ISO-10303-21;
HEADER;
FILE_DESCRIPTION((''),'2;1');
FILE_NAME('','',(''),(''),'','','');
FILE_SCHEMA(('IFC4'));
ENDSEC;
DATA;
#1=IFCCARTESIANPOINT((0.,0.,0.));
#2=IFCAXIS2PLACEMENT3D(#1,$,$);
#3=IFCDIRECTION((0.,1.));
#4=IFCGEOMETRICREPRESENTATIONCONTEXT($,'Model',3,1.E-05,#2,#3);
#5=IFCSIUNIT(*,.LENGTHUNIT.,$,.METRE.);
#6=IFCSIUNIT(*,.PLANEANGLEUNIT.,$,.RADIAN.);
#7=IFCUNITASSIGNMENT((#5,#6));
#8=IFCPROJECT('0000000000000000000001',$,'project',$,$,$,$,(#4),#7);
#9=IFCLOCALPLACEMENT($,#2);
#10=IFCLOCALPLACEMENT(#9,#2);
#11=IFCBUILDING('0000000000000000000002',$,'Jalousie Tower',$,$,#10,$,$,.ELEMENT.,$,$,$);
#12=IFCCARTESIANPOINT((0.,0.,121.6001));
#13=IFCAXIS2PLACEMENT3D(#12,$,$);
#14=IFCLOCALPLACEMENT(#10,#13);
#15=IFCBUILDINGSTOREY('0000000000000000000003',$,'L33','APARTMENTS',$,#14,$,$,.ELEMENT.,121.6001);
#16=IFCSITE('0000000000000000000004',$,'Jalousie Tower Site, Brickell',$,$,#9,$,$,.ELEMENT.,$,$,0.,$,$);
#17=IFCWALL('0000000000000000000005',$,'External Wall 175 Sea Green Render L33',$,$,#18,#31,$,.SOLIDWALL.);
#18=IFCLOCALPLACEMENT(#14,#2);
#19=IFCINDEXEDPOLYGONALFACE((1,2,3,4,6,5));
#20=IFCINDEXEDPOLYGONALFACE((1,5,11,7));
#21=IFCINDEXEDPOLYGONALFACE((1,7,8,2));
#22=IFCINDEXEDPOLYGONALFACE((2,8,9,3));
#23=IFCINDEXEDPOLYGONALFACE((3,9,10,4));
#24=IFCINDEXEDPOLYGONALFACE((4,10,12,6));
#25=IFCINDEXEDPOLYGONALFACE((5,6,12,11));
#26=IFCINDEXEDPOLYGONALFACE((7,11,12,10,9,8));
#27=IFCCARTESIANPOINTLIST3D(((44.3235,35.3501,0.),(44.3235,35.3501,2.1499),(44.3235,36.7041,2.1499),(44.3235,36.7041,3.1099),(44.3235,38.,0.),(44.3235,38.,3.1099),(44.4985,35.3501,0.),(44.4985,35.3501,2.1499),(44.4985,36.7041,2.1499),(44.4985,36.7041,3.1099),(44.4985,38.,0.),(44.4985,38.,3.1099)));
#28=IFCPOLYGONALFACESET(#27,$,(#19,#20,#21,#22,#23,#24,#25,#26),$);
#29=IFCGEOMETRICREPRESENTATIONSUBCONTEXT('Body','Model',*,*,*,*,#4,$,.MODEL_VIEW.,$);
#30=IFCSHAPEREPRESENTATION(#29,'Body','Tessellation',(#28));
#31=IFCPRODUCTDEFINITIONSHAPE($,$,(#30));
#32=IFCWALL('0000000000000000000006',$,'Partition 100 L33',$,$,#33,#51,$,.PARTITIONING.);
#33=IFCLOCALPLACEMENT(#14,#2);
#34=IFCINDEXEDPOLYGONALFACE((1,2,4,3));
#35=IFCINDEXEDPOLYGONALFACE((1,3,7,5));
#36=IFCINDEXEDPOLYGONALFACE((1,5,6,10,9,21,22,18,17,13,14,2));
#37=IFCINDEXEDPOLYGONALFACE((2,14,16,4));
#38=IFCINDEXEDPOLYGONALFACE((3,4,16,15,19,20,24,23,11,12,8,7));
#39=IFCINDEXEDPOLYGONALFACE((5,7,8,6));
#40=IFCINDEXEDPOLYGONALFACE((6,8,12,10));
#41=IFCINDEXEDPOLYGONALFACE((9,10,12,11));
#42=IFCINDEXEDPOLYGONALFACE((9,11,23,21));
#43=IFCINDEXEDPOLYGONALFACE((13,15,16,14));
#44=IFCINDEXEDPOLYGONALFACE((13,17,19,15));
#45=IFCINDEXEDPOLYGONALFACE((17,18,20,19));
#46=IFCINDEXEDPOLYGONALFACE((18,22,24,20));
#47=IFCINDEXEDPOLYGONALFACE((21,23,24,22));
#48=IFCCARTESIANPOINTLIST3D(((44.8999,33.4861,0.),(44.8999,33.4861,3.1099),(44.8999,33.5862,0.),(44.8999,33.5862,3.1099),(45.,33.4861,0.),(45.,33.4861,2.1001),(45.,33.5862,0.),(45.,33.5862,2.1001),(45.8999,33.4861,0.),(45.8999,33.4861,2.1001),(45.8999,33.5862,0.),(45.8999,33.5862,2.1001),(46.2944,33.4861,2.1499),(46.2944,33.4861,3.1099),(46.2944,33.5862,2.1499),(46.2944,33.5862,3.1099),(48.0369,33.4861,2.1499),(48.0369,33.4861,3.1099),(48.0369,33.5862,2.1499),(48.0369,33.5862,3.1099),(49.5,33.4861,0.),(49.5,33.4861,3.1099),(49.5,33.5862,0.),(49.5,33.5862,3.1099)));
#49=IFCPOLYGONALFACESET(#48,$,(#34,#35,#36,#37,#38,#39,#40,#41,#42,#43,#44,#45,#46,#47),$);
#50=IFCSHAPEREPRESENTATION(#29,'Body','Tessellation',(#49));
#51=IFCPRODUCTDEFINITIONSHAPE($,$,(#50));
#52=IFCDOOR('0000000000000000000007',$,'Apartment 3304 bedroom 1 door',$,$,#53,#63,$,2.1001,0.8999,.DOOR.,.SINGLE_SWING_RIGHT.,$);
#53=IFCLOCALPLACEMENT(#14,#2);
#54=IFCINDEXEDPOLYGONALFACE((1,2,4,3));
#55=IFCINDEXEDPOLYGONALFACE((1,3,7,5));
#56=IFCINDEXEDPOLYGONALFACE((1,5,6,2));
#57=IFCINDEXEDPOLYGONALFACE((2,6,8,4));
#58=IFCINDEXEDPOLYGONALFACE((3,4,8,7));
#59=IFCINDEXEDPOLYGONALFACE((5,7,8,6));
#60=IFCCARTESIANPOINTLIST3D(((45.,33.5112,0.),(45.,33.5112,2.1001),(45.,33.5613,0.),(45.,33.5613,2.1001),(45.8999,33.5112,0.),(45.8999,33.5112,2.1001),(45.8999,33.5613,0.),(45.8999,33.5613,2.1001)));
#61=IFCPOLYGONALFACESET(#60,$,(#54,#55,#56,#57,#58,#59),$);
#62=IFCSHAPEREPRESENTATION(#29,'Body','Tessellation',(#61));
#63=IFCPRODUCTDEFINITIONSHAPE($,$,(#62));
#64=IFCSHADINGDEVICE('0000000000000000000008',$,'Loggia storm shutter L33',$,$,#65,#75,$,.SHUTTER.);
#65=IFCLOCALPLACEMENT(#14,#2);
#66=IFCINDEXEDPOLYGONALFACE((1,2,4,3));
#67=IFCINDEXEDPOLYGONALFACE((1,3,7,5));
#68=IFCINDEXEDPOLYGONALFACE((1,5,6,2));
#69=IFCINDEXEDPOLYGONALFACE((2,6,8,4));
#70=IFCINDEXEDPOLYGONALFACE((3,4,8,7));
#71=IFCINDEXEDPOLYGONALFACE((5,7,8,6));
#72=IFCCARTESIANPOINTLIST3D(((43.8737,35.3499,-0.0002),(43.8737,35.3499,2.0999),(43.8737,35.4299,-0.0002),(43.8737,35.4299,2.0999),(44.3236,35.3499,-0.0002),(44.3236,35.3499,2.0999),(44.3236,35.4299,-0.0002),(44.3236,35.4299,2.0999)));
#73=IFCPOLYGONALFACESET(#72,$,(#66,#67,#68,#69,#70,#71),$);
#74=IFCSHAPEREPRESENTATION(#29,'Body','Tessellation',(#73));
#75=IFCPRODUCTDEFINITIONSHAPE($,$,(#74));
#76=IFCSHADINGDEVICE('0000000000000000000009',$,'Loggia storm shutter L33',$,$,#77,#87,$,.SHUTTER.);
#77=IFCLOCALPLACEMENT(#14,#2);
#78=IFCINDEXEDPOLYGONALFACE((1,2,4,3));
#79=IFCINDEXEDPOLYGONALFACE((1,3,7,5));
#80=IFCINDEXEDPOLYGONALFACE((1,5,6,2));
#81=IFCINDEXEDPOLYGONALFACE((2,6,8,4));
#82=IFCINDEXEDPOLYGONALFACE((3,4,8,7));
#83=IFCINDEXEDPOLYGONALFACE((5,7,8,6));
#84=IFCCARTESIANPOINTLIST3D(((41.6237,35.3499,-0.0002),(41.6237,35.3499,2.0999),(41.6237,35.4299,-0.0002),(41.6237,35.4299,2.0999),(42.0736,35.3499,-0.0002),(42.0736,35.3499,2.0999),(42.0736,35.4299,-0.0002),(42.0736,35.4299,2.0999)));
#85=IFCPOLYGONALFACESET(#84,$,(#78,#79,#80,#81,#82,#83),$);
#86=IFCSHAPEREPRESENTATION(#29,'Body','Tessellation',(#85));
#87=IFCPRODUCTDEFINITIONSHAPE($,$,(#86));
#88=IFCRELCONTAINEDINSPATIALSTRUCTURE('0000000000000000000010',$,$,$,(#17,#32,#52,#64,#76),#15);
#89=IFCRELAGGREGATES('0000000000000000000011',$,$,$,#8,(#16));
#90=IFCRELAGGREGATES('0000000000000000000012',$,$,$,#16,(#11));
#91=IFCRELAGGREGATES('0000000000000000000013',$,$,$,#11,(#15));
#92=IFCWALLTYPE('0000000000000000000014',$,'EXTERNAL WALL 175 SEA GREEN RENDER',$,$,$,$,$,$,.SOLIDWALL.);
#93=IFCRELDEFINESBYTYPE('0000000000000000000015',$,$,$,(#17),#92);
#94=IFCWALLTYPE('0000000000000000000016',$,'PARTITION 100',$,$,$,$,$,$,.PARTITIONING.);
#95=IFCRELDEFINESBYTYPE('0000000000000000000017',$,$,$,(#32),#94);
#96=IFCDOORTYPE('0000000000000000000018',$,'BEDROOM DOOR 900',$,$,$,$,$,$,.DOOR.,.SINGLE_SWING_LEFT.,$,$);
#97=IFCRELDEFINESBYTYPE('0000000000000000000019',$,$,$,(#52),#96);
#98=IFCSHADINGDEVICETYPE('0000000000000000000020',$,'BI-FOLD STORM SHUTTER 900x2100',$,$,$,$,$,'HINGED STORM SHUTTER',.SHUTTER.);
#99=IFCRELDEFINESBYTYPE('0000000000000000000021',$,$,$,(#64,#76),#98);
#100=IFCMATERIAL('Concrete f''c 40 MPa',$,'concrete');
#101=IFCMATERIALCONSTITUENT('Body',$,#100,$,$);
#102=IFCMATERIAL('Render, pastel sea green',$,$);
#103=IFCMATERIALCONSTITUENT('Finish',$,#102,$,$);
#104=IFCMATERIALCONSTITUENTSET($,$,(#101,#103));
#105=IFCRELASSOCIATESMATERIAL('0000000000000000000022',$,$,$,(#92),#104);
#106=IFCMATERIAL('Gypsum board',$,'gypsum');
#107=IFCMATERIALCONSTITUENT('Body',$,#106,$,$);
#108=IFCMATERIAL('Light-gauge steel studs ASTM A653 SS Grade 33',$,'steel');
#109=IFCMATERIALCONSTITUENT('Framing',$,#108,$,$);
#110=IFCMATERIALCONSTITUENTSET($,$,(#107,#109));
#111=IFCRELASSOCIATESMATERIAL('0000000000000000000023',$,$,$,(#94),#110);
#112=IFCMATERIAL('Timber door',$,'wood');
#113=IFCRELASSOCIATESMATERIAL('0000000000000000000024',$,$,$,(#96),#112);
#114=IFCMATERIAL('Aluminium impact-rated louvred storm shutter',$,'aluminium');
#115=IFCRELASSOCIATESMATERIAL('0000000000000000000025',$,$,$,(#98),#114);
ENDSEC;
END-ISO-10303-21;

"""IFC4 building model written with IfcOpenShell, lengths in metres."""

from ifc_helpers import new_model, si_unit, direction, frame, frame_2d, origin, origin_2d, place, context, subcontext, project, spatial, polyline, rectangle, outline, extrude, material, constituent, constituent_set, type_object, element, fill, save


model = new_model("IFC4")

# Units and contexts
model_context = context("Model", 3, precision=1e-05, world=origin(), true_north=direction((0.0, 1.0)))
body_context = subcontext(model_context, "Body", "Model", "MODEL_VIEW")
ifc_project = project(units=[si_unit("LENGTHUNIT", "METRE"), si_unit("PLANEANGLEUNIT", "RADIAN")], contexts=[model_context])

# Site, building, storey
site_placement = place(None, origin())
site = spatial("IfcSite", under=ifc_project, at=site_placement, Name="Jalousie Tower Site, Brickell", CompositionType="ELEMENT", RefElevation=0.0)
building_placement = place(site_placement, origin())
building = spatial("IfcBuilding", under=site, at=building_placement, Name="Jalousie Tower", CompositionType="ELEMENT")
storey_placement = place(building_placement, frame((0.0, 0.0, 121.6001)))
storey = spatial("IfcBuildingStorey", under=building, at=storey_placement, Name="L33", Description="APARTMENTS", CompositionType="ELEMENT", Elevation=121.6001)

# Shared definitions
ifc_material_1 = material(Name="Concrete f'c 40 MPa", Category="concrete")
ifc_constituent_1 = constituent(ifc_material_1, Name="Body")
ifc_material_2 = material(Name="Render, pastel sea green")
ifc_constituent_2 = constituent(ifc_material_2, Name="Finish")
ifc_constituent_set_1 = constituent_set(constituents=[ifc_constituent_1, ifc_constituent_2])
wall_type_1 = type_object("IfcWallType", Name="EXTERNAL WALL 175 SEA GREEN RENDER", PredefinedType="SOLIDWALL", material=ifc_constituent_set_1)

# Wall
wall_1_placement = place(storey_placement, frame((44.4111, 38.0, 0.0), z_axis=(0.0, 0.0, 1.0), x_axis=(0.0, -1.0, 0.0)))
element("IfcWall", 1, at=wall_1_placement, inside=storey, type_object=wall_type_1, Name="External Wall 175 Sea Green Render L33", PredefinedType="SOLIDWALL", context=body_context, shape_type="SweptSolid", body=[
    extrude(outline(polyline([(0.0, 0.0), (2.6499, 0.0), (2.6499, 2.1499), (1.2959, 2.1499), (1.2959, 3.1099), (0.0, 3.1099), (0.0, 0.0)])), frame((0.0, 0.0874, 0.0), z_axis=(0.0, -1.0, 0.0), x_axis=(1.0, 0.0, 0.0)), (0.0, 0.0, 1.0), 0.175),
])

# Wall, opening, door
ifc_material_3 = material(Name="Gypsum board", Category="gypsum")
ifc_constituent_3 = constituent(ifc_material_3, Name="Body")
ifc_material_4 = material(Name="Light-gauge steel studs ASTM A653 SS Grade 33", Category="steel")
ifc_constituent_4 = constituent(ifc_material_4, Name="Framing")
ifc_constituent_set_2 = constituent_set(constituents=[ifc_constituent_3, ifc_constituent_4])
wall_type_2 = type_object("IfcWallType", Name="PARTITION 100", PredefinedType="PARTITIONING", material=ifc_constituent_set_2)
wall_2_placement = place(storey_placement, frame((44.8999, 33.5361, 0.0), z_axis=(0.0, 0.0, 1.0), x_axis=(1.0, 0.0, 0.0)))
wall_2 = element("IfcWall", 2, at=wall_2_placement, inside=storey, type_object=wall_type_2, Name="Partition 100 L33", PredefinedType="PARTITIONING", context=body_context, shape_type="SweptSolid", body=[
    extrude(outline(polyline([(0.0, 0.0), (4.6001, 0.0), (4.6001, 3.1099), (3.137, 3.1099), (3.137, 2.1499), (1.3945, 2.1499), (1.3945, 3.1099), (0.0, 3.1099), (0.0, 0.0)])), frame((0.0, 0.05, 0.0), z_axis=(0.0, -1.0, 0.0), x_axis=(1.0, 0.0, 0.0)), (0.0, 0.0, 1.0), 0.1001),
])
opening_1_placement = place(wall_2_placement, frame((0.1001, 0.0, 0.0)))
opening_1 = element("IfcOpeningElement", 3, at=opening_1_placement, cuts=wall_2, PredefinedType="OPENING", context=body_context, shape_type="SweptSolid", body=[
    extrude(rectangle(XDim=0.8999, YDim=2.1001, at=frame_2d((0.45, 1.05))), frame((0.0, 0.0601, 0.0), z_axis=(0.0, -1.0, 0.0), x_axis=(1.0, 0.0, 0.0)), (0.0, 0.0, 1.0), 0.1201),
])
ifc_material_5 = material(Name="Timber door", Category="wood")
door_type_1 = type_object("IfcDoorType", Name="BEDROOM DOOR 900", OperationType="SINGLE_SWING_LEFT", PredefinedType="DOOR", material=ifc_material_5)
door_1_placement = place(opening_1_placement, frame((0.8999, 0.0, 0.0), z_axis=(0.0, 0.0, 1.0), x_axis=(-1.0, 0.0, 0.0)))
door_1 = element("IfcDoor", 4, at=door_1_placement, inside=storey, type_object=door_type_1, Name="Apartment 3304 bedroom 1 door", OperationType="SINGLE_SWING_RIGHT", OverallHeight=2.1001, OverallWidth=0.8999, PredefinedType="DOOR", context=body_context, shape_type="SweptSolid", body=[
    extrude(rectangle(XDim=0.8999, YDim=2.1001, at=frame_2d((0.45, 1.05))), frame((0.0, 0.0249, 0.0), z_axis=(0.0, -1.0, 0.0), x_axis=(1.0, 0.0, 0.0)), (0.0, 0.0, 1.0), 0.05),
])
fill(opening_1, door_1)

# Shading devices
ifc_material_6 = material(Name="Aluminium impact-rated louvred storm shutter", Category="aluminium")
shading_device_type_1 = type_object("IfcShadingDeviceType", Name="BI-FOLD STORM SHUTTER 900x2100", ElementType="HINGED STORM SHUTTER", PredefinedType="SHUTTER", material=ifc_material_6)
for number, where, z_axis, x_axis, name in (
    (5, (44.0986, 35.3899, -0.0002), (0.0, 0.0, 1.0), (-1.0, 0.0, 0.0), "Loggia storm shutter L33"),
    (6, (41.8486, 35.3899, -0.0002), (0.0, 0.0, 1.0), (-1.0, 0.0, 0.0), "Loggia storm shutter L33"),
):
    element("IfcShadingDevice", number, at=place(storey_placement, frame(where, z_axis=z_axis, x_axis=x_axis)), inside=storey, type_object=shading_device_type_1, Name=name, PredefinedType="SHUTTER", context=body_context, shape_type="SweptSolid", body=[
        extrude(rectangle(XDim=0.45, YDim=0.0801, at=origin_2d()), origin(), (0.0, 0.0, 1.0), 2.1001),
    ])

save(model, "model.ifc")
